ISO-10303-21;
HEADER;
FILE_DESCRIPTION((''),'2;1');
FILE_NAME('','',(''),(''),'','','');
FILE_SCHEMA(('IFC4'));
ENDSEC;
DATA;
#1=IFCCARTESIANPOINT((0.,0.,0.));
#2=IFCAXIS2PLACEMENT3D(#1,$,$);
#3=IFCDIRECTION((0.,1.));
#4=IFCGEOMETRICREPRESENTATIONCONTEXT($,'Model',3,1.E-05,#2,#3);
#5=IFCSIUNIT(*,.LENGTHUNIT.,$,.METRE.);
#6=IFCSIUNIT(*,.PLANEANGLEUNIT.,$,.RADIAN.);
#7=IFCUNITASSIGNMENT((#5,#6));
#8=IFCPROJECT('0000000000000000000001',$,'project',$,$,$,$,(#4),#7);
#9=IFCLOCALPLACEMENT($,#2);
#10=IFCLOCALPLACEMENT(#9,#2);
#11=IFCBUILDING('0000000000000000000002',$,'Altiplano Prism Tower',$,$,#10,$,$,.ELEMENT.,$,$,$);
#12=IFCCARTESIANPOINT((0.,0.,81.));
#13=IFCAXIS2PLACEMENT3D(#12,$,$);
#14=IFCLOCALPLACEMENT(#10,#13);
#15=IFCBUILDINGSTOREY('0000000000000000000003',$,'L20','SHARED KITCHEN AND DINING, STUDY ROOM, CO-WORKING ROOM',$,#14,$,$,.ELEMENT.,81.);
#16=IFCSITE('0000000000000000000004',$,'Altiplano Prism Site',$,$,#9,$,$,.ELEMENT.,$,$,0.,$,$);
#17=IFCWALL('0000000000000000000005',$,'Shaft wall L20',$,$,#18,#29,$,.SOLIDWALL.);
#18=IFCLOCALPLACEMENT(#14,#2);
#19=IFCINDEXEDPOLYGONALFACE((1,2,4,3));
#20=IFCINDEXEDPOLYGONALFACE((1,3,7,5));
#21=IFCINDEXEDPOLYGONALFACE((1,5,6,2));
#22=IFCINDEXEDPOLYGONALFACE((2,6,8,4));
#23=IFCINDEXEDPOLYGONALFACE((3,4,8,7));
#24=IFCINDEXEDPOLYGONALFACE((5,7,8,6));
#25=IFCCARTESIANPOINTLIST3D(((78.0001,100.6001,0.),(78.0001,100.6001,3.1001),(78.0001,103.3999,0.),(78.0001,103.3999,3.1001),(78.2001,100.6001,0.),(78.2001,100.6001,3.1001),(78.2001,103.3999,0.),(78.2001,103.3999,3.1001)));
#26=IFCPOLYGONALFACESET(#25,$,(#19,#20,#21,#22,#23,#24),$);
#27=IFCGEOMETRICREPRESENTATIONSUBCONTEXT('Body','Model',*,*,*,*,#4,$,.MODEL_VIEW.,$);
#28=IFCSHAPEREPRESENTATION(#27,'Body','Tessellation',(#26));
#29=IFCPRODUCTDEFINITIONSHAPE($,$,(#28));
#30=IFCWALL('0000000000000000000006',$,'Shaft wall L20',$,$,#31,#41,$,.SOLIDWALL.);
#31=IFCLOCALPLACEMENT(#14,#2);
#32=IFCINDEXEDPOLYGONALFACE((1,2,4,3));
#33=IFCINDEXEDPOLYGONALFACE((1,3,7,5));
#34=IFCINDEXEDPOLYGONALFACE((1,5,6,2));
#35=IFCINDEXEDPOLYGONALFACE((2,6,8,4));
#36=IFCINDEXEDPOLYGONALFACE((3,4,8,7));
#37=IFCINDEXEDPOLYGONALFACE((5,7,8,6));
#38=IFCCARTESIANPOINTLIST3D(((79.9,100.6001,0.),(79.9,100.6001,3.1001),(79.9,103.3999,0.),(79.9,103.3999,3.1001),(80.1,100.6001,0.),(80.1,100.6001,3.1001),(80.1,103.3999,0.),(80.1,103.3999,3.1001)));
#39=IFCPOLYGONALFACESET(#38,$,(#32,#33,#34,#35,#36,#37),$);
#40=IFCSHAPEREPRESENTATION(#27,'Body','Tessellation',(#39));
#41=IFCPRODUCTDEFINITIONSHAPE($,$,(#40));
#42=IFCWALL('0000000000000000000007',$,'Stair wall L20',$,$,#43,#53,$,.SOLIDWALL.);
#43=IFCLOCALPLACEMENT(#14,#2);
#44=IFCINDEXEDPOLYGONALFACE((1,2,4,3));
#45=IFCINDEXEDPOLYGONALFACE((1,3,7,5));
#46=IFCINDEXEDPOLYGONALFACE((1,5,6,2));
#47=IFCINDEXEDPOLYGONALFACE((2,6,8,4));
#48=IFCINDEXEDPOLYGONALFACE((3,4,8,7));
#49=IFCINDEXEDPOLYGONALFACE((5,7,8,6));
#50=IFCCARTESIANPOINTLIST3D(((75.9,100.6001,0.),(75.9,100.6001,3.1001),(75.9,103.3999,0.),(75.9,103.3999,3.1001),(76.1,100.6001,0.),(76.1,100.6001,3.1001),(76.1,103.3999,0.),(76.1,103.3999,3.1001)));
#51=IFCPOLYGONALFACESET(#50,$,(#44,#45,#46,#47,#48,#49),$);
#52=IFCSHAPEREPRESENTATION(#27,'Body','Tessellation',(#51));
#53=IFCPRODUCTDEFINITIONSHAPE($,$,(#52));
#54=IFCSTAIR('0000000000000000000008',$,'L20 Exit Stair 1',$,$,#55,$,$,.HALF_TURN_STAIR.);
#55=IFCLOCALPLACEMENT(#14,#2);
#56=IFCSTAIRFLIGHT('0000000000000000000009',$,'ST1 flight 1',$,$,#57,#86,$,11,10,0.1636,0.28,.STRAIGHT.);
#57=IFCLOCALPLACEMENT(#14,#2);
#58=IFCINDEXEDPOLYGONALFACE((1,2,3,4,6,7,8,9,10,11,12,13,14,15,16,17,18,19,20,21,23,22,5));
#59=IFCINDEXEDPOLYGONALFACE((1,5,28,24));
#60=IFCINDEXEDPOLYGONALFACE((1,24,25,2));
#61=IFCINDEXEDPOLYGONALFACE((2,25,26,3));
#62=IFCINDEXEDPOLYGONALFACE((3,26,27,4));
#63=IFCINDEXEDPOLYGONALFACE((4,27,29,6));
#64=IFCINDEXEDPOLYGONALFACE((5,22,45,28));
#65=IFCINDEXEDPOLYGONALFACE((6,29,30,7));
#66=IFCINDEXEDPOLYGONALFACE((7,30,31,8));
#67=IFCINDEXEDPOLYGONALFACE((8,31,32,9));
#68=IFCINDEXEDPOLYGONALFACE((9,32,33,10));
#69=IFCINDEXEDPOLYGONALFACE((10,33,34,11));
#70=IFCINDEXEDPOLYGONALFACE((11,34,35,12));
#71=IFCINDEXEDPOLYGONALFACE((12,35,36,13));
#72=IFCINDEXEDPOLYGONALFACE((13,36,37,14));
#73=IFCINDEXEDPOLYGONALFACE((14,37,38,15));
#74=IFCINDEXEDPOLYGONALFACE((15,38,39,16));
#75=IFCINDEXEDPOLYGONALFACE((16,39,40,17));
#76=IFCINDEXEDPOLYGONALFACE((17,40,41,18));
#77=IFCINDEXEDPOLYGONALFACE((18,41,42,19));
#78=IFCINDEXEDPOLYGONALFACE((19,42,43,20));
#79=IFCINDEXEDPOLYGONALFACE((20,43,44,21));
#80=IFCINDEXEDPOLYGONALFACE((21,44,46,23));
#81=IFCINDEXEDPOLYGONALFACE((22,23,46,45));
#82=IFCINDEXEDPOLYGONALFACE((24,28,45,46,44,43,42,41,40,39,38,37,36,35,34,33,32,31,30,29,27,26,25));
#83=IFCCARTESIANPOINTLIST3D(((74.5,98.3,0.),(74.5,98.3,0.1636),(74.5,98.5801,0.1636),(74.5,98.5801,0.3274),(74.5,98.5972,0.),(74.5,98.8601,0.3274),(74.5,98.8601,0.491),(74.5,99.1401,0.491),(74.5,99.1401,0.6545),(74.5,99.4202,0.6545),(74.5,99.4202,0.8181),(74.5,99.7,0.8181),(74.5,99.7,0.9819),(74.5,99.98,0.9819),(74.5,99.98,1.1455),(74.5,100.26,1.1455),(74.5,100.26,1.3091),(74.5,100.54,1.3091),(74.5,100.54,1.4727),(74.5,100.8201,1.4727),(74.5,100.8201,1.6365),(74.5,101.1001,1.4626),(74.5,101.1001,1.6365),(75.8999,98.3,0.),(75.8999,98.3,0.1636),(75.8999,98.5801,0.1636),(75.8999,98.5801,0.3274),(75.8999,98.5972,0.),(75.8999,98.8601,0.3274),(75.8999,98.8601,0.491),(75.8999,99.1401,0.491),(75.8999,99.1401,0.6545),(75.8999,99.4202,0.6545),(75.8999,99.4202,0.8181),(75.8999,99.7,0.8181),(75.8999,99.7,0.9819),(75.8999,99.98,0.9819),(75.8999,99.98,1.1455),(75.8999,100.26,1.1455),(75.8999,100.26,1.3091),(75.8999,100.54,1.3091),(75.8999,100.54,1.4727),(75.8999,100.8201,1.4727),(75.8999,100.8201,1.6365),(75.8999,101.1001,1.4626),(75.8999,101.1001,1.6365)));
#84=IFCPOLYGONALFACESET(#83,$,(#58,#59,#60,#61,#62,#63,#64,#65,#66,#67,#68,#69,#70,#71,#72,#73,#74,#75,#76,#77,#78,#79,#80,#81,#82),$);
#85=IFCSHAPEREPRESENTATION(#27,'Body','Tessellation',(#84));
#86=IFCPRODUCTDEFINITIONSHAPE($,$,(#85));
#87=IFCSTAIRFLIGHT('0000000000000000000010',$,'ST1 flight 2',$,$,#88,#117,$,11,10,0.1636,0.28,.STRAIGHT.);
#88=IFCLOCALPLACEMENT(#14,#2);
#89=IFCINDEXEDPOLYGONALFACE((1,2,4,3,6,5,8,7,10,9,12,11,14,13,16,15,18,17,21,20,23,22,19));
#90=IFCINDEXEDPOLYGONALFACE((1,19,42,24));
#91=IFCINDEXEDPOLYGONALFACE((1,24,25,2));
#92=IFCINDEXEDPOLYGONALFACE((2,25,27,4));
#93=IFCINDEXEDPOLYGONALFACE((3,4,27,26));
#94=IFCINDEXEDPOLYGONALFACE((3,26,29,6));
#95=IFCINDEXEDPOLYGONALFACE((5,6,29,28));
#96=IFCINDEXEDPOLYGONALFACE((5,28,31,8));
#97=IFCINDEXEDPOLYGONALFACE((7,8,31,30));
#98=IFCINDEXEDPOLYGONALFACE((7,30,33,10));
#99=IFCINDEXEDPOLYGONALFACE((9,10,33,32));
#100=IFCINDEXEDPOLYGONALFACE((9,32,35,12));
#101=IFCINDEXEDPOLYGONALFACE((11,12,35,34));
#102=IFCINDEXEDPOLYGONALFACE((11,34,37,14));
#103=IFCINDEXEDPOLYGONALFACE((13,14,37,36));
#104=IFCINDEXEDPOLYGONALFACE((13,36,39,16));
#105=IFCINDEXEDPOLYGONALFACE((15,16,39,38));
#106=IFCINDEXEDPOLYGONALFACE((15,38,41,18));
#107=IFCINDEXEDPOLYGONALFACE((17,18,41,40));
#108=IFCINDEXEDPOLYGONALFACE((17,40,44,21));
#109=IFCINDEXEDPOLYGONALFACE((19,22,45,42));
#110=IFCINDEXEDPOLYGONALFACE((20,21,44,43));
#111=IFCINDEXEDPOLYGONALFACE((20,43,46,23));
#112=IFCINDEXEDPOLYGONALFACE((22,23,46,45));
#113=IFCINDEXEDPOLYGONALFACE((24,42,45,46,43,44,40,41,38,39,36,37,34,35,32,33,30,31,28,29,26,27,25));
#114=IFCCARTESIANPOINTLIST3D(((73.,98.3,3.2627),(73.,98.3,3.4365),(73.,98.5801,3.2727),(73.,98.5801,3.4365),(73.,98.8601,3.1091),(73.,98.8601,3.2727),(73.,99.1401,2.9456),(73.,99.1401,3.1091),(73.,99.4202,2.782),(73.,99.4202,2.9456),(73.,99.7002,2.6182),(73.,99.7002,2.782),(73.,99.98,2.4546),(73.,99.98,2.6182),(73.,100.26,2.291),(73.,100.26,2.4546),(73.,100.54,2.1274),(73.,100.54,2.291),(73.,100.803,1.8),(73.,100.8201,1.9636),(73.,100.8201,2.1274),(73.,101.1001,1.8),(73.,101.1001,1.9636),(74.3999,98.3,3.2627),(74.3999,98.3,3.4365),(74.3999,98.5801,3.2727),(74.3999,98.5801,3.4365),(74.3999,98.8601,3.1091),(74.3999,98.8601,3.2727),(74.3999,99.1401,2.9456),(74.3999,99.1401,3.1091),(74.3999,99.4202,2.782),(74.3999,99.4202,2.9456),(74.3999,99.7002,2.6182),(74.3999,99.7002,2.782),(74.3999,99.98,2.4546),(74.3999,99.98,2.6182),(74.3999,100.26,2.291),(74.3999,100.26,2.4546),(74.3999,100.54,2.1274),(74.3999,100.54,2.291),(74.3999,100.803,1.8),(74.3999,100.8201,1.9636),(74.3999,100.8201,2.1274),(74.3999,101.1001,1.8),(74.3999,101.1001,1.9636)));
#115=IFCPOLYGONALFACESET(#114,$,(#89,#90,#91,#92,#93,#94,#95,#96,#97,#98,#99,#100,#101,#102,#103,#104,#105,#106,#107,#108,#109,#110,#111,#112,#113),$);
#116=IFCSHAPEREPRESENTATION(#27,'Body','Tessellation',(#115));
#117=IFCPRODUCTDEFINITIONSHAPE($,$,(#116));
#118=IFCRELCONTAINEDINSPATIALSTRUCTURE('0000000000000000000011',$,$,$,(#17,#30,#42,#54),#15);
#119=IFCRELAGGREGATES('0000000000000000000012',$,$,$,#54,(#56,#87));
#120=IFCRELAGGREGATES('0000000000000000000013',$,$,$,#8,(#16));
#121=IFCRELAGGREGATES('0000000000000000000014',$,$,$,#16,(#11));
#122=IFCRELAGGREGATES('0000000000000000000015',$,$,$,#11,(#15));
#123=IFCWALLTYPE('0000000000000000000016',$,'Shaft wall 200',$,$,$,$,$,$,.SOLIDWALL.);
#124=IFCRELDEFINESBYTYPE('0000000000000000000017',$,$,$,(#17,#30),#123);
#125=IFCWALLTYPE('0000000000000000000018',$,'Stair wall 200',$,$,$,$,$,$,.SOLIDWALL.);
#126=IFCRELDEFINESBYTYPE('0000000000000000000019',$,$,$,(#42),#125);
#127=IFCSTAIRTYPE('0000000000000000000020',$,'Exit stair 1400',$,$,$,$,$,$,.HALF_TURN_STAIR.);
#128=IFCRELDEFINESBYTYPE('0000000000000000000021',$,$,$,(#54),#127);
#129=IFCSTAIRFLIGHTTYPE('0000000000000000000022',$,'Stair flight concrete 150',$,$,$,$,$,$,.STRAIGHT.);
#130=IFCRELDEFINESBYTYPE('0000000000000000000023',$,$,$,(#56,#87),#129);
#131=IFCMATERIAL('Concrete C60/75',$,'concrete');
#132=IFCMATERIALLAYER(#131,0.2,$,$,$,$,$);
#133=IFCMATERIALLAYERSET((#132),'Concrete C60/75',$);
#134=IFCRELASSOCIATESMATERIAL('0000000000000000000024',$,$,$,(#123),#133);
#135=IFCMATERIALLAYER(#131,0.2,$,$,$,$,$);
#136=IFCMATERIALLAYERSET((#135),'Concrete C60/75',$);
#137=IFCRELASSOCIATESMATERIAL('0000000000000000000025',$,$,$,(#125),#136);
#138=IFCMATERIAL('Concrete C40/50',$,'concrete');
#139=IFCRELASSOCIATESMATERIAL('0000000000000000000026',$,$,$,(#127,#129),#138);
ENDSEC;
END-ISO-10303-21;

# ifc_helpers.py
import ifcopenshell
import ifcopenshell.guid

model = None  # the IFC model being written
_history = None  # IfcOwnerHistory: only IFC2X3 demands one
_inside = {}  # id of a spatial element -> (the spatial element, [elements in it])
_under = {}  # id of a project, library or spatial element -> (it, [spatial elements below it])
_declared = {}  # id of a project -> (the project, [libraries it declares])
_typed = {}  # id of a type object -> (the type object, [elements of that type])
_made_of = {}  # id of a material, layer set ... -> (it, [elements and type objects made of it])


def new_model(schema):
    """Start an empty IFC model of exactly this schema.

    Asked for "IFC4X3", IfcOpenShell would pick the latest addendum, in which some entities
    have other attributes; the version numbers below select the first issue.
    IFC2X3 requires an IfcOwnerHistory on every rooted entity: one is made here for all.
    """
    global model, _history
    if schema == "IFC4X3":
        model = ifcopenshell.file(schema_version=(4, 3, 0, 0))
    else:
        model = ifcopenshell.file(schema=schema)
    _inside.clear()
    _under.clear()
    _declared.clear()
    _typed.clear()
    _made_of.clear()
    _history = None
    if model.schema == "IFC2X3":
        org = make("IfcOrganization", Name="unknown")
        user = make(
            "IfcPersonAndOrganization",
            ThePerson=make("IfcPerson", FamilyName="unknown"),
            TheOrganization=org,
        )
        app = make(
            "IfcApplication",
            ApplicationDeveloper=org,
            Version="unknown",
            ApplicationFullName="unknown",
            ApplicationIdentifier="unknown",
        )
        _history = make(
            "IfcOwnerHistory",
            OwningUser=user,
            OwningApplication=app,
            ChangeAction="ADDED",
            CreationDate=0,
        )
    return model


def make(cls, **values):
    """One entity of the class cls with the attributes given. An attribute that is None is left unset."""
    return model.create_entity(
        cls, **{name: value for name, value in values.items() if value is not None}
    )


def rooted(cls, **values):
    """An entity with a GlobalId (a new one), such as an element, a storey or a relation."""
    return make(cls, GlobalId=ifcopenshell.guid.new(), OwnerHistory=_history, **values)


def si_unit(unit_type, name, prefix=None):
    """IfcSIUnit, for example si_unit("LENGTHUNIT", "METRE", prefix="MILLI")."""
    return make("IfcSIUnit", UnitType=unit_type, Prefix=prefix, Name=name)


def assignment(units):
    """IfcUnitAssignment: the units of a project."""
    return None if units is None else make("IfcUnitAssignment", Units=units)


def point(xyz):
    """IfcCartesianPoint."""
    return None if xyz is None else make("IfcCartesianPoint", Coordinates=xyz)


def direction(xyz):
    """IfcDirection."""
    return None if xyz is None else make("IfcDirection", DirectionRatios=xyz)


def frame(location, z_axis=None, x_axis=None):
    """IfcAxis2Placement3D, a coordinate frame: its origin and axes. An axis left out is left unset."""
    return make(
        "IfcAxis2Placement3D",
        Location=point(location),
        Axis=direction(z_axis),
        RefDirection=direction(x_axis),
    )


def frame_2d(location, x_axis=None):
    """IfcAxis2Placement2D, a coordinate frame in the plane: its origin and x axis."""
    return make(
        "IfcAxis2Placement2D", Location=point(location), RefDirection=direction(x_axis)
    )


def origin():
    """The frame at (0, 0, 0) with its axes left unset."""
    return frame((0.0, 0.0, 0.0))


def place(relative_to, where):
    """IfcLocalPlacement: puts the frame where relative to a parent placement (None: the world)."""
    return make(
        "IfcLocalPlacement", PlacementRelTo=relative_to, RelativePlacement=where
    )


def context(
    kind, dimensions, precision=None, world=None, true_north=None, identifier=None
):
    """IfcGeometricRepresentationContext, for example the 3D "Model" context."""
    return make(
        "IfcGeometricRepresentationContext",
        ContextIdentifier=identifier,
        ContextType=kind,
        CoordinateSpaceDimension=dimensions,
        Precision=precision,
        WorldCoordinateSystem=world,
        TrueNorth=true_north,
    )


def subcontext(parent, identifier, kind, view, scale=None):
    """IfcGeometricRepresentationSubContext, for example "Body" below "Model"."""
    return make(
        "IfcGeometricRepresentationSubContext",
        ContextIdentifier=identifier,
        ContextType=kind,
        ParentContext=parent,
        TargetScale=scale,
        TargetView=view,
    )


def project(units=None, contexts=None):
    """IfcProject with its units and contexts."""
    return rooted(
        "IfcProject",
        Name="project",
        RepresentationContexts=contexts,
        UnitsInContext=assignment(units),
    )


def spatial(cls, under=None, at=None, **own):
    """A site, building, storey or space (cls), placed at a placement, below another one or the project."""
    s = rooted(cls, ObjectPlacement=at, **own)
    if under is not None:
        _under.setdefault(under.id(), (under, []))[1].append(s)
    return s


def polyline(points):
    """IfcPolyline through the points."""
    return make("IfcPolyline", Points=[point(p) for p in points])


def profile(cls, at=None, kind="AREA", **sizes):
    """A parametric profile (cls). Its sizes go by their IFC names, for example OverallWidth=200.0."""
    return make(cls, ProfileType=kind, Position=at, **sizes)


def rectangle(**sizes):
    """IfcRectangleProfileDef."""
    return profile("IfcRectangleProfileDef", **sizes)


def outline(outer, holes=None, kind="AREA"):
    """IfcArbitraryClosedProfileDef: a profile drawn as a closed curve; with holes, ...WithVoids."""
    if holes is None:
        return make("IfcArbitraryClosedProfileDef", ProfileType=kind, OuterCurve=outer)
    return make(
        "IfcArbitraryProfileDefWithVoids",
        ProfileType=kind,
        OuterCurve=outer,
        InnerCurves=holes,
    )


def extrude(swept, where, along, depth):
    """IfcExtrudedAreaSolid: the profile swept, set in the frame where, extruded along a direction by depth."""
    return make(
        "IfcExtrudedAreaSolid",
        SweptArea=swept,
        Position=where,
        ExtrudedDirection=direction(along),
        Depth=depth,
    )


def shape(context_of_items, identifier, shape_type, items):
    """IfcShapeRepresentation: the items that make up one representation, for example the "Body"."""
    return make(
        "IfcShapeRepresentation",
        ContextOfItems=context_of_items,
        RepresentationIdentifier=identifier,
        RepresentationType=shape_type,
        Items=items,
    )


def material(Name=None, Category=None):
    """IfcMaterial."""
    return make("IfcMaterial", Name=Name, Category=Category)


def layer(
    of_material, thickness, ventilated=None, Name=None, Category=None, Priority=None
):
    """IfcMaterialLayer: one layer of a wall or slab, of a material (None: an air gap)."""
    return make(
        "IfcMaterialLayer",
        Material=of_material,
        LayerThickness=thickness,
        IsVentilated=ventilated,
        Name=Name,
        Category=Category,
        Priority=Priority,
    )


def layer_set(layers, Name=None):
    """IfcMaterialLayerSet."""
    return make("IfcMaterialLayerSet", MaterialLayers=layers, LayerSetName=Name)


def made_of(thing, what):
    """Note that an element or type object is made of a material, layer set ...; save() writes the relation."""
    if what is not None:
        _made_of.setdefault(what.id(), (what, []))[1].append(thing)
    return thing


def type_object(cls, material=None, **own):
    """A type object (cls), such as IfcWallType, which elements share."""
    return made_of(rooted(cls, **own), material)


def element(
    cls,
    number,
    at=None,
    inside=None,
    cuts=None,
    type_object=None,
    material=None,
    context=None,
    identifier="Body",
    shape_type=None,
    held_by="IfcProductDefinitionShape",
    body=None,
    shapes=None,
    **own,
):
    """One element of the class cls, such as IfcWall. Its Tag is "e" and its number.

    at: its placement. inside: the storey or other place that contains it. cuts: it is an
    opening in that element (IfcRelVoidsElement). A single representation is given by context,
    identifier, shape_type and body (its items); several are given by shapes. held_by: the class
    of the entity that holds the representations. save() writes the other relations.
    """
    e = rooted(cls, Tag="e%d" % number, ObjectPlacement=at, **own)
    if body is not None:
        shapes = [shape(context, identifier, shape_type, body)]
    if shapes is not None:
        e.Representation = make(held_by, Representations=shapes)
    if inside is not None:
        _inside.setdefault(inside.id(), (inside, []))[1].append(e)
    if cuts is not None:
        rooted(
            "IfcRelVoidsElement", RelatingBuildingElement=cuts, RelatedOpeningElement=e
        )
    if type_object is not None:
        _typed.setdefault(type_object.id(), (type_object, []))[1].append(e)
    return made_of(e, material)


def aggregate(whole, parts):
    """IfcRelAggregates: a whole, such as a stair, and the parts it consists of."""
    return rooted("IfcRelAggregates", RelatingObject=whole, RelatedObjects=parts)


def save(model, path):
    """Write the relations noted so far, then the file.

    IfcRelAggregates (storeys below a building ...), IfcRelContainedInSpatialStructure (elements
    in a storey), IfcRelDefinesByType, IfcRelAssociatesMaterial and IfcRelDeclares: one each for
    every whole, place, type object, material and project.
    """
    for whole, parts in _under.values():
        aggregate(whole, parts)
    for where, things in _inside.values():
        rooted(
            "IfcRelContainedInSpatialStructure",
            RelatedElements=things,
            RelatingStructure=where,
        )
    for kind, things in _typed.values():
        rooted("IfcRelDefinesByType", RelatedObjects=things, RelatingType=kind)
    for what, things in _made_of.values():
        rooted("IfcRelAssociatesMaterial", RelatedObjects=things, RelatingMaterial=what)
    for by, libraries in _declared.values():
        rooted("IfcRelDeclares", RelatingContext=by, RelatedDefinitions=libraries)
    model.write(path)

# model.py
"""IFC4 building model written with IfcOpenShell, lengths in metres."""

from ifc_helpers import new_model, si_unit, direction, frame, frame_2d, origin, place, context, subcontext, project, spatial, polyline, rectangle, outline, extrude, material, layer, layer_set, type_object, element, aggregate, save


model = new_model("IFC4")

# Units and contexts
model_context = context("Model", 3, precision=1e-05, world=origin(), true_north=direction((0.0, 1.0)))
body_context = subcontext(model_context, "Body", "Model", "MODEL_VIEW")
ifc_project = project(units=[si_unit("LENGTHUNIT", "METRE"), si_unit("PLANEANGLEUNIT", "RADIAN")], contexts=[model_context])

# Site, building, storey
site_placement = place(None, origin())
site = spatial("IfcSite", under=ifc_project, at=site_placement, Name="Altiplano Prism Site", CompositionType="ELEMENT", RefElevation=0.0)
building_placement = place(site_placement, origin())
building = spatial("IfcBuilding", under=site, at=building_placement, Name="Altiplano Prism Tower", CompositionType="ELEMENT")
storey_placement = place(building_placement, frame((0.0, 0.0, 81.0)))
storey = spatial("IfcBuildingStorey", under=building, at=storey_placement, Name="L20", Description="SHARED KITCHEN AND DINING, STUDY ROOM, CO-WORKING ROOM", CompositionType="ELEMENT", Elevation=81.0)

# Walls
ifc_material_1 = material(Name="Concrete C60/75", Category="concrete")
ifc_layer_1 = layer(ifc_material_1, 0.2)
ifc_layer_set_1 = layer_set([ifc_layer_1], Name="Concrete C60/75")
wall_type_1 = type_object("IfcWallType", Name="Shaft wall 200", PredefinedType="SOLIDWALL", material=ifc_layer_set_1)
for number, where, z_axis, x_axis, name in (
    (1, (78.1001, 100.6001, 0.0), (0.0, 0.0, 1.0), (0.0, 1.0, 0.0), "Shaft wall L20"),
    (2, (80.0, 100.6001, 0.0), (0.0, 0.0, 1.0), (0.0, 1.0, 0.0), "Shaft wall L20"),
):
    element("IfcWall", number, at=place(storey_placement, frame(where, z_axis=z_axis, x_axis=x_axis)), inside=storey, type_object=wall_type_1, Name=name, PredefinedType="SOLIDWALL", context=body_context, shape_type="SweptSolid", body=[
        extrude(rectangle(XDim=2.7998, YDim=0.2, at=frame_2d((1.3999, 0.0))), origin(), (0.0, 0.0, 1.0), 3.1001),
    ])

# Shared definitions
ifc_layer_2 = layer(ifc_material_1, 0.2)
ifc_layer_set_2 = layer_set([ifc_layer_2], Name="Concrete C60/75")
wall_type_2 = type_object("IfcWallType", Name="Stair wall 200", PredefinedType="SOLIDWALL", material=ifc_layer_set_2)

# Wall
wall_1_placement = place(storey_placement, frame((76.0, 100.6001, 0.0), z_axis=(0.0, 0.0, 1.0), x_axis=(0.0, 1.0, 0.0)))
element("IfcWall", 3, at=wall_1_placement, inside=storey, type_object=wall_type_2, Name="Stair wall L20", PredefinedType="SOLIDWALL", context=body_context, shape_type="SweptSolid", body=[
    extrude(rectangle(XDim=2.7998, YDim=0.2, at=frame_2d((1.3999, 0.0))), origin(), (0.0, 0.0, 1.0), 3.1001),
])

# Stair, stair flights
ifc_material_2 = material(Name="Concrete C40/50", Category="concrete")
stair_type = type_object("IfcStairType", Name="Exit stair 1400", PredefinedType="HALF_TURN_STAIR", material=ifc_material_2)
stair_placement = place(storey_placement, origin())
stair = element("IfcStair", 4, at=stair_placement, inside=storey, type_object=stair_type, Name="L20 Exit Stair 1", PredefinedType="HALF_TURN_STAIR")
stair_flight_type = type_object("IfcStairFlightType", Name="Stair flight concrete 150", PredefinedType="STRAIGHT", material=ifc_material_2)
stair_flight_1_placement = place(storey_placement, frame((75.2, 98.3, 0.0), z_axis=(0.0, 0.0, 1.0), x_axis=(0.0, 1.0, 0.0)))
stair_flight_1 = element("IfcStairFlight", 5, at=stair_flight_1_placement, type_object=stair_flight_type, Name="ST1 flight 1", NumberOfRisers=11, NumberOfTreads=10, PredefinedType="STRAIGHT", RiserHeight=0.1636, TreadLength=0.28, context=body_context, shape_type="SweptSolid", body=[
    extrude(outline(polyline([(0.0, 0.0), (0.0, 0.1636), (0.28, 0.1636), (0.28, 0.3274), (0.5601, 0.3274), (0.5601, 0.491), (0.8401, 0.491), (0.8401, 0.6545), (1.1201, 0.6545), (1.1201, 0.8181), (1.3999, 0.8181), (1.3999, 0.9819), (1.6799, 0.9819), (1.6799, 1.1455), (1.96, 1.1455), (1.96, 1.3091), (2.24, 1.3091), (2.24, 1.4727), (2.52, 1.4727), (2.52, 1.6365), (2.8, 1.6365), (2.8, 1.8), (2.8, 1.4626), (0.2971, 0.0), (0.0, 0.0)])), frame((0.0, 0.7, 0.0), z_axis=(0.0, -1.0, 0.0), x_axis=(1.0, 0.0, 0.0)), (0.0, 0.0, 1.0), 1.3999),
])
stair_flight_2_placement = place(storey_placement, frame((73.7, 101.1001, 1.8), z_axis=(0.0, 0.0, 1.0), x_axis=(0.0, -1.0, 0.0)))
stair_flight_2 = element("IfcStairFlight", 6, at=stair_flight_2_placement, type_object=stair_flight_type, Name="ST1 flight 2", NumberOfRisers=11, NumberOfTreads=10, PredefinedType="STRAIGHT", RiserHeight=0.1636, TreadLength=0.28, context=body_context, shape_type="SweptSolid", body=[
    extrude(outline(polyline([(0.0, 0.0), (0.0, 0.1636), (0.28, 0.1636), (0.28, 0.3274), (0.5601, 0.3274), (0.5601, 0.491), (0.8401, 0.491), (0.8401, 0.6545), (1.1201, 0.6545), (1.1201, 0.8181), (1.3999, 0.8181), (1.3999, 0.9819), (1.6799, 0.9819), (1.6799, 1.1455), (1.96, 1.1455), (1.96, 1.3091), (2.24, 1.3091), (2.24, 1.4727), (2.52, 1.4727), (2.52, 1.6365), (2.8, 1.6365), (2.8, 1.8), (2.8, 1.4626), (0.2971, 0.0), (0.0, 0.0)])), frame((0.0, 0.7, 0.0), z_axis=(0.0, -1.0, 0.0), x_axis=(1.0, 0.0, 0.0)), (0.0, 0.0, 1.0), 1.3999),
])
aggregate(stair, [stair_flight_1, stair_flight_2])

save(model, "model.ifc")
